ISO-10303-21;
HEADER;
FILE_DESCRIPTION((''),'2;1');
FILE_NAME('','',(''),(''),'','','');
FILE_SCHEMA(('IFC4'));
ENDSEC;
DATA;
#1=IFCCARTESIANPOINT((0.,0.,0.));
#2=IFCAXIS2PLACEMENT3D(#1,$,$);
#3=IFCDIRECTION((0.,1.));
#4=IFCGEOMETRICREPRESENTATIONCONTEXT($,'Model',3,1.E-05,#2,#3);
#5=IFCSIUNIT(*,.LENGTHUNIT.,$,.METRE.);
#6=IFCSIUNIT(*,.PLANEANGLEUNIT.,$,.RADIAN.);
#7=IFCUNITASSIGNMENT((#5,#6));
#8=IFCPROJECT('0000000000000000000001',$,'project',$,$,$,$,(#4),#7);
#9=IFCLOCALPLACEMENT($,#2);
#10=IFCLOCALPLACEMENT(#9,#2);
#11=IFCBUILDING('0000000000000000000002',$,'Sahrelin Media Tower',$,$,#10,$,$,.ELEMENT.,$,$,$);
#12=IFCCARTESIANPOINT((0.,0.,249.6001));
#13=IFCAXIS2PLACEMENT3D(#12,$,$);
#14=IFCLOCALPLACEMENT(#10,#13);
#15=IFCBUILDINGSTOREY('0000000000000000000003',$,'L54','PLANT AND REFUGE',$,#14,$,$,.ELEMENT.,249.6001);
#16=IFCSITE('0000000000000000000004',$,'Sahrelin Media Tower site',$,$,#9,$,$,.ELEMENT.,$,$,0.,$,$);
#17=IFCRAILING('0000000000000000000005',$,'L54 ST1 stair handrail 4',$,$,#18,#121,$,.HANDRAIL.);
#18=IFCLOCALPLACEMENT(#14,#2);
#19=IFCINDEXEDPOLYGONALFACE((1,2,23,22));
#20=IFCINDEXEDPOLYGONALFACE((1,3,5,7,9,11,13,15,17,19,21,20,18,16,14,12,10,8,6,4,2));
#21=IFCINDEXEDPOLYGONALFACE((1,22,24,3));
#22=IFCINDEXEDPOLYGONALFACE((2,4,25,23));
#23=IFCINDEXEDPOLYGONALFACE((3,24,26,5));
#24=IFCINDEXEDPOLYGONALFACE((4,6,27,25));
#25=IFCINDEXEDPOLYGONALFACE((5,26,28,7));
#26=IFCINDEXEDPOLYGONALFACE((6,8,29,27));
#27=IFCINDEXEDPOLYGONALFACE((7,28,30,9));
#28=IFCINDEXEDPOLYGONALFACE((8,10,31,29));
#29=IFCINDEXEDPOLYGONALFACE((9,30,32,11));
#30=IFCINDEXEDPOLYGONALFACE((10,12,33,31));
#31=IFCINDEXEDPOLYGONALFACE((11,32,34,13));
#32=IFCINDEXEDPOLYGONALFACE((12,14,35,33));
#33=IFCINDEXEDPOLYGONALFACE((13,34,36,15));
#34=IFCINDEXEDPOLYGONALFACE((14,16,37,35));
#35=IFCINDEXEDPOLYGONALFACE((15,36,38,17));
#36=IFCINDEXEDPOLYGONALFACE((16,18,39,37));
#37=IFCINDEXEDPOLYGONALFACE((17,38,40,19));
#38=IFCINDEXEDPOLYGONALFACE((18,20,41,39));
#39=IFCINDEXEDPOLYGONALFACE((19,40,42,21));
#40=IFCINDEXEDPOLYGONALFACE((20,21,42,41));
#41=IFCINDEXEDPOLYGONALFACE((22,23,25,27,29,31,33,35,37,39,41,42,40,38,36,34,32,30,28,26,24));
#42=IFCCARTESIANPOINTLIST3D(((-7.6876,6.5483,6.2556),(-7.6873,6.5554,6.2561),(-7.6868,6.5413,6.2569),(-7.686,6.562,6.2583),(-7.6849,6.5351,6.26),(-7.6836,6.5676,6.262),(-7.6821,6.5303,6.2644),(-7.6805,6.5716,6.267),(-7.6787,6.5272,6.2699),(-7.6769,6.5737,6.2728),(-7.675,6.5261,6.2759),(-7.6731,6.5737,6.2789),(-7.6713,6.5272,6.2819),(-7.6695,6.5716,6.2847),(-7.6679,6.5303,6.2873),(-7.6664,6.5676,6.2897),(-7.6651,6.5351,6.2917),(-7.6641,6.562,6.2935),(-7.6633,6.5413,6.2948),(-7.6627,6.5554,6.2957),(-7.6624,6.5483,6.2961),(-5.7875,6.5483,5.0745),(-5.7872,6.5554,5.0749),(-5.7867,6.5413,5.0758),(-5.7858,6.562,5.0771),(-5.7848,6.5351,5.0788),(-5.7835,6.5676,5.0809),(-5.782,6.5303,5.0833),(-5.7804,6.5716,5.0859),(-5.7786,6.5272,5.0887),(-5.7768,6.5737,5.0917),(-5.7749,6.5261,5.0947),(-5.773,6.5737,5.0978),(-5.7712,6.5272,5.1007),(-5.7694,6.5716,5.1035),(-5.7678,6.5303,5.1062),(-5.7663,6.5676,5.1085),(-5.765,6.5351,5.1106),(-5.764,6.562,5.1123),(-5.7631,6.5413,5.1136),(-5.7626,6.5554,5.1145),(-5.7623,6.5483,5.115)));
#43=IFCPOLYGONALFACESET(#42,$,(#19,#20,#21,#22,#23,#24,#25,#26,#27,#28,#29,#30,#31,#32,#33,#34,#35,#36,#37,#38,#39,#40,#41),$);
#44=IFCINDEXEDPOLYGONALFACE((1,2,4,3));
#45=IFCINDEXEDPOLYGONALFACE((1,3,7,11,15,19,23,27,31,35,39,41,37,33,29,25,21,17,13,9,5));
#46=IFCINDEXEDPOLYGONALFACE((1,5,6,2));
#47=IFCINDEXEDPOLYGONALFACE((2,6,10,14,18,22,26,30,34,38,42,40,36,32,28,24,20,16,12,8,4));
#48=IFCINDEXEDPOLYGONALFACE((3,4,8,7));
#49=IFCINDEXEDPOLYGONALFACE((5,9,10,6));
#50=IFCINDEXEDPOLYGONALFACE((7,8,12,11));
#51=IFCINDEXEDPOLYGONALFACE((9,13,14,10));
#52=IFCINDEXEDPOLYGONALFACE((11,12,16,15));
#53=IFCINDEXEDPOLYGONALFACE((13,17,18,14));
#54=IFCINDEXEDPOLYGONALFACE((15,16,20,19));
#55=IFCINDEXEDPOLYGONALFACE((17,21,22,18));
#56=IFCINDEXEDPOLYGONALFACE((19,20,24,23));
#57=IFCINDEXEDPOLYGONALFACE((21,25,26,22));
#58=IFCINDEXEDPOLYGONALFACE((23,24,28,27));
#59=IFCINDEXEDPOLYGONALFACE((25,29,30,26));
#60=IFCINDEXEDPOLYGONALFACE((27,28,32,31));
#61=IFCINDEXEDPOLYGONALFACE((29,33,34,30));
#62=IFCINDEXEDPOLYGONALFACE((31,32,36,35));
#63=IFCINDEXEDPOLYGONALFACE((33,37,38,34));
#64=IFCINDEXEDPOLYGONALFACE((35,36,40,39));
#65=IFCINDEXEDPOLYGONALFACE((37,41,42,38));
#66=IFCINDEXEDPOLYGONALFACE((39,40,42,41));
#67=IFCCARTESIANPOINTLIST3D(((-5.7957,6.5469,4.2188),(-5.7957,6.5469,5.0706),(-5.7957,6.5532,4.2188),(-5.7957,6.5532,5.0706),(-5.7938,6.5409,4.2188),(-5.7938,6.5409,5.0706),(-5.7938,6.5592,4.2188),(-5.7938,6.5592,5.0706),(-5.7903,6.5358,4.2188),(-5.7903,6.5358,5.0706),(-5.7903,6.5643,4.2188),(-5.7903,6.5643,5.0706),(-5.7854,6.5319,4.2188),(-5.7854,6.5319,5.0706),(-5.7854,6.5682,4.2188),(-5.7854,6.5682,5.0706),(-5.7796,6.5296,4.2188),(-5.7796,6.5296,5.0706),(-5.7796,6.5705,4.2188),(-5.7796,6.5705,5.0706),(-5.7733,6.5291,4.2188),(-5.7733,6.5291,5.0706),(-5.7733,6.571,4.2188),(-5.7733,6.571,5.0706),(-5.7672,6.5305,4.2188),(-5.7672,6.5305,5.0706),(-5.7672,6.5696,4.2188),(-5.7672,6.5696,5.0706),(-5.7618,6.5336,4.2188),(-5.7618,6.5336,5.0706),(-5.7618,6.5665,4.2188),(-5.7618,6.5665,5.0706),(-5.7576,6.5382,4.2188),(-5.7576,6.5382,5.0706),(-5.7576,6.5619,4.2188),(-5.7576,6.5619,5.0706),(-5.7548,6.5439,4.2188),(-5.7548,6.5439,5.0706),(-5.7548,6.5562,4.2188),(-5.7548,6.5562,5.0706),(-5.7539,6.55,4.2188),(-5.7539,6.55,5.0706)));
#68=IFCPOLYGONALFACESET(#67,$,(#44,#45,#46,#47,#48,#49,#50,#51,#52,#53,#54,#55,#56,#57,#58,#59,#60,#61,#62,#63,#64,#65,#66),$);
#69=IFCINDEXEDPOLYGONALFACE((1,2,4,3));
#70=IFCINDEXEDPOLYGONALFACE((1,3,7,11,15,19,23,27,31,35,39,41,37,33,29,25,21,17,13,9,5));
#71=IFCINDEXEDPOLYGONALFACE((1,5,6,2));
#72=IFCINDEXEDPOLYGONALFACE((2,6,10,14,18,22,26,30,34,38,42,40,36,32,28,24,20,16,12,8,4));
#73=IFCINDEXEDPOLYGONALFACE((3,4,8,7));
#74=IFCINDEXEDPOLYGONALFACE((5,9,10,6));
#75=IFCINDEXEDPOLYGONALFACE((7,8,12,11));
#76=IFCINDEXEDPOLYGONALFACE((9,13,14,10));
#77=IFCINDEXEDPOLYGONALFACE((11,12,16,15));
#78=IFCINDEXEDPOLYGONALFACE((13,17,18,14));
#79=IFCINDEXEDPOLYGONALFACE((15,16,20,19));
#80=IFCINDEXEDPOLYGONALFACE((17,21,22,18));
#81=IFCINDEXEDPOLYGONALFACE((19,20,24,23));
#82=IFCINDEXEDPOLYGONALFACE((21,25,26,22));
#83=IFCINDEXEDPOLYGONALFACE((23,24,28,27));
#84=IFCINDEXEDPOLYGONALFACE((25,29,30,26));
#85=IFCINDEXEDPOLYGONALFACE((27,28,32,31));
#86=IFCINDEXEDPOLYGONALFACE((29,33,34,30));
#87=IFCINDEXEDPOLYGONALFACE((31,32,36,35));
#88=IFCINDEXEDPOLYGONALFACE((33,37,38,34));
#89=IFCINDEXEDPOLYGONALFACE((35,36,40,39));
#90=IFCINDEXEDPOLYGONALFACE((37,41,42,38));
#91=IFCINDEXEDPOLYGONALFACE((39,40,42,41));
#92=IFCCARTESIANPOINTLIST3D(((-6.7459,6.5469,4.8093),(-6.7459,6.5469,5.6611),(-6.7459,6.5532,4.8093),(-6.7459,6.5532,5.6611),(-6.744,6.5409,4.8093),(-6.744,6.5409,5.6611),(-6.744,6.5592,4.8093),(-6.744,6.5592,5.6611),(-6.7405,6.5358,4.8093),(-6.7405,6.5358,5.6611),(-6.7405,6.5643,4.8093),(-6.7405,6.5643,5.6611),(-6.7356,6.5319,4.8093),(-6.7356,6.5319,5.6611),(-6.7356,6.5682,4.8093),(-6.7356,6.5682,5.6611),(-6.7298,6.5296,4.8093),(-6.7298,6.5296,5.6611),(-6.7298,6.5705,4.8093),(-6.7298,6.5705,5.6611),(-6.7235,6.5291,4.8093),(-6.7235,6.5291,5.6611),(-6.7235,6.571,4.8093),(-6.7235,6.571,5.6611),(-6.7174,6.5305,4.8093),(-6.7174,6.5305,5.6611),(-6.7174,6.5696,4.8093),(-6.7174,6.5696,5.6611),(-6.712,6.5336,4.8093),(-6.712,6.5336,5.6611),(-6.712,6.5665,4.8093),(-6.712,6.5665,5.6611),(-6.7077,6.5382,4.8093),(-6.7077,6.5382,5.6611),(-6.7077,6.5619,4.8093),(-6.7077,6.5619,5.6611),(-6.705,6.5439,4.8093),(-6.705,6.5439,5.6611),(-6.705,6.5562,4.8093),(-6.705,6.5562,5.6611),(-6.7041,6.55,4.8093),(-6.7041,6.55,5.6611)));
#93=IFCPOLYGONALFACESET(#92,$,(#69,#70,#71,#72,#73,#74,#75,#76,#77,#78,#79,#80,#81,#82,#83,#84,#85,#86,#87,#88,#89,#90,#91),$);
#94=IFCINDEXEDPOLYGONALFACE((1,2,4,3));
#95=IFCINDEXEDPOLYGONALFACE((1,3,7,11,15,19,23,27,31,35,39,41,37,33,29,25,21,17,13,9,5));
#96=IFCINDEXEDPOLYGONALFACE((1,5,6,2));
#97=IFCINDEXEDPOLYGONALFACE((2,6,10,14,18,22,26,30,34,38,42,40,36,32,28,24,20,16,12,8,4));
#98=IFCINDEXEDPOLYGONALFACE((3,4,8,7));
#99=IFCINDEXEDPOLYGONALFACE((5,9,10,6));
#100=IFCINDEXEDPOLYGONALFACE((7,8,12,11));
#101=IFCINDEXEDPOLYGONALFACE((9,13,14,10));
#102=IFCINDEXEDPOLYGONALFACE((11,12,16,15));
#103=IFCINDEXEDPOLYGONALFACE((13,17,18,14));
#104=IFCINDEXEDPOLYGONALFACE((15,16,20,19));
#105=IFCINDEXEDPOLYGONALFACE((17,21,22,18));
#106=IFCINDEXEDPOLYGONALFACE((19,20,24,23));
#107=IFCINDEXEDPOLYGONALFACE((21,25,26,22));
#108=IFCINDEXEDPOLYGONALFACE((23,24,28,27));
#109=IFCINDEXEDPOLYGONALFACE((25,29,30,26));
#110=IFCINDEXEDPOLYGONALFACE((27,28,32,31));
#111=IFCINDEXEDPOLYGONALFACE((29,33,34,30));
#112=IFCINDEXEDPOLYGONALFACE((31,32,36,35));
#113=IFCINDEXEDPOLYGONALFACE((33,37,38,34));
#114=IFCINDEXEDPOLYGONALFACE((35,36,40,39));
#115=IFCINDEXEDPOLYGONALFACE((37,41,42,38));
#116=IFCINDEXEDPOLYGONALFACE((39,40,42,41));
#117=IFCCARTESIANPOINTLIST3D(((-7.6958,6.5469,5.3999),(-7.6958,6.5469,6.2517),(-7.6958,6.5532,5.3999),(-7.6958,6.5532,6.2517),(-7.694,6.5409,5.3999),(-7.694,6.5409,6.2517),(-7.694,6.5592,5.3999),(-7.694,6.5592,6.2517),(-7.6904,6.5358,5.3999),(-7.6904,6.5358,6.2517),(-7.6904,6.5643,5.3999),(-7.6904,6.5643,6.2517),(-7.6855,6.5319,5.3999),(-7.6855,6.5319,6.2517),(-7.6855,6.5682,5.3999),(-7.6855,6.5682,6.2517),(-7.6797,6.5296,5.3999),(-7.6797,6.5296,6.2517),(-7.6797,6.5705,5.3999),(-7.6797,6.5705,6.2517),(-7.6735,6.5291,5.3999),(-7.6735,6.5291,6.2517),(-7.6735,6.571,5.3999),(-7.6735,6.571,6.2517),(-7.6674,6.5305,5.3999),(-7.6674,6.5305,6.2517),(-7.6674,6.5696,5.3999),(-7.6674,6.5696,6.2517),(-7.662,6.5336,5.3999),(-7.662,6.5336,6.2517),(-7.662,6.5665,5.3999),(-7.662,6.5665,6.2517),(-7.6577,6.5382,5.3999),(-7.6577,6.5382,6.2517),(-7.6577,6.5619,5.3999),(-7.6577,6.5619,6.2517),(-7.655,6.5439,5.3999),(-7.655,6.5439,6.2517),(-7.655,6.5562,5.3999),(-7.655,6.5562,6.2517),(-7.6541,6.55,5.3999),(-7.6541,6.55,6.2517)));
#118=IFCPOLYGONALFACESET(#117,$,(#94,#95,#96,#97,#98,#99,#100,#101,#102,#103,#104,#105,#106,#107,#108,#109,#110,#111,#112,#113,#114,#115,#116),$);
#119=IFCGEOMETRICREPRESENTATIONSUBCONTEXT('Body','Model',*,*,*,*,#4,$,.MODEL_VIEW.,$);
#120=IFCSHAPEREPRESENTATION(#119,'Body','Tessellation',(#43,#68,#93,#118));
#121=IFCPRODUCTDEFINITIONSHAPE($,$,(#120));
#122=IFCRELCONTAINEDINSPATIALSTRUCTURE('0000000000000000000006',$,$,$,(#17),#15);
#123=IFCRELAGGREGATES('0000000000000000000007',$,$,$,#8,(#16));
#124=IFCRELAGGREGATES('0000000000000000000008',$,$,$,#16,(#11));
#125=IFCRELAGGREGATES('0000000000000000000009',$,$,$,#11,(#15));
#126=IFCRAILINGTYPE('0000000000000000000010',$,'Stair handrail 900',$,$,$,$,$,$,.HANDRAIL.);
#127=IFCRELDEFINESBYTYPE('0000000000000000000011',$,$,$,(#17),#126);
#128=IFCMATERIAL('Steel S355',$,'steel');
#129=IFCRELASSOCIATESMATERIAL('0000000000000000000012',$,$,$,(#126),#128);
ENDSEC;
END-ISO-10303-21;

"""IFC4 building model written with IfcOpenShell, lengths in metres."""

from ifc_helpers import new_model, si_unit, direction, frame, origin, origin_2d, place, context, subcontext, project, spatial, circle, extrude, material, type_object, element, save


model = new_model("IFC4")

# Units and contexts
model_context = context("Model", 3, precision=1e-05, world=origin(), true_north=direction((0.0, 1.0)))
body_context = subcontext(model_context, "Body", "Model", "MODEL_VIEW")
ifc_project = project(units=[si_unit("LENGTHUNIT", "METRE"), si_unit("PLANEANGLEUNIT", "RADIAN")], contexts=[model_context])

# Site, building, storey
site_placement = place(None, origin())
site = spatial("IfcSite", under=ifc_project, at=site_placement, Name="Sahrelin Media Tower site", CompositionType="ELEMENT", RefElevation=0.0)
building_placement = place(site_placement, origin())
building = spatial("IfcBuilding", under=site, at=building_placement, Name="Sahrelin Media Tower", CompositionType="ELEMENT")
storey_placement = place(building_placement, frame((0.0, 0.0, 249.6001)))
storey = spatial("IfcBuildingStorey", under=building, at=storey_placement, Name="L54", Description="PLANT AND REFUGE", CompositionType="ELEMENT", Elevation=249.6001)

# Railing
ifc_material_1 = material(Name="Steel S355", Category="steel")
railing_type_1 = type_object("IfcRailingType", Name="Stair handrail 900", PredefinedType="HANDRAIL", material=ifc_material_1)
railing_1_placement = place(storey_placement, frame((-5.7749, 6.55, 4.2188)))
element("IfcRailing", 1, at=railing_1_placement, inside=storey, type_object=railing_type_1, Name="L54 ST1 stair handrail 4", PredefinedType="HANDRAIL", context=body_context, shape_type="SweptSolid", body=[
    extrude(circle(Radius=0.0239, at=origin_2d()), frame((0.0, 0.0, 0.876), z_axis=(-0.849289, 0.0, 0.527928), x_axis=(0.0, -1.0, 0.0)), (0.0, 0.0, 1.0), 2.2373),
    extrude(circle(Radius=0.021, at=origin_2d()), origin(), (0.0, 0.0, 1.0), 0.8518),
    extrude(circle(Radius=0.021, at=origin_2d()), frame((-0.9502, 0.0, 0.5906)), (0.0, 0.0, 1.0), 0.8518),
    extrude(circle(Radius=0.021, at=origin_2d()), frame((-1.9001, 0.0, 1.1812)), (0.0, 0.0, 1.0), 0.8518),
])

save(model, "model.ifc")
